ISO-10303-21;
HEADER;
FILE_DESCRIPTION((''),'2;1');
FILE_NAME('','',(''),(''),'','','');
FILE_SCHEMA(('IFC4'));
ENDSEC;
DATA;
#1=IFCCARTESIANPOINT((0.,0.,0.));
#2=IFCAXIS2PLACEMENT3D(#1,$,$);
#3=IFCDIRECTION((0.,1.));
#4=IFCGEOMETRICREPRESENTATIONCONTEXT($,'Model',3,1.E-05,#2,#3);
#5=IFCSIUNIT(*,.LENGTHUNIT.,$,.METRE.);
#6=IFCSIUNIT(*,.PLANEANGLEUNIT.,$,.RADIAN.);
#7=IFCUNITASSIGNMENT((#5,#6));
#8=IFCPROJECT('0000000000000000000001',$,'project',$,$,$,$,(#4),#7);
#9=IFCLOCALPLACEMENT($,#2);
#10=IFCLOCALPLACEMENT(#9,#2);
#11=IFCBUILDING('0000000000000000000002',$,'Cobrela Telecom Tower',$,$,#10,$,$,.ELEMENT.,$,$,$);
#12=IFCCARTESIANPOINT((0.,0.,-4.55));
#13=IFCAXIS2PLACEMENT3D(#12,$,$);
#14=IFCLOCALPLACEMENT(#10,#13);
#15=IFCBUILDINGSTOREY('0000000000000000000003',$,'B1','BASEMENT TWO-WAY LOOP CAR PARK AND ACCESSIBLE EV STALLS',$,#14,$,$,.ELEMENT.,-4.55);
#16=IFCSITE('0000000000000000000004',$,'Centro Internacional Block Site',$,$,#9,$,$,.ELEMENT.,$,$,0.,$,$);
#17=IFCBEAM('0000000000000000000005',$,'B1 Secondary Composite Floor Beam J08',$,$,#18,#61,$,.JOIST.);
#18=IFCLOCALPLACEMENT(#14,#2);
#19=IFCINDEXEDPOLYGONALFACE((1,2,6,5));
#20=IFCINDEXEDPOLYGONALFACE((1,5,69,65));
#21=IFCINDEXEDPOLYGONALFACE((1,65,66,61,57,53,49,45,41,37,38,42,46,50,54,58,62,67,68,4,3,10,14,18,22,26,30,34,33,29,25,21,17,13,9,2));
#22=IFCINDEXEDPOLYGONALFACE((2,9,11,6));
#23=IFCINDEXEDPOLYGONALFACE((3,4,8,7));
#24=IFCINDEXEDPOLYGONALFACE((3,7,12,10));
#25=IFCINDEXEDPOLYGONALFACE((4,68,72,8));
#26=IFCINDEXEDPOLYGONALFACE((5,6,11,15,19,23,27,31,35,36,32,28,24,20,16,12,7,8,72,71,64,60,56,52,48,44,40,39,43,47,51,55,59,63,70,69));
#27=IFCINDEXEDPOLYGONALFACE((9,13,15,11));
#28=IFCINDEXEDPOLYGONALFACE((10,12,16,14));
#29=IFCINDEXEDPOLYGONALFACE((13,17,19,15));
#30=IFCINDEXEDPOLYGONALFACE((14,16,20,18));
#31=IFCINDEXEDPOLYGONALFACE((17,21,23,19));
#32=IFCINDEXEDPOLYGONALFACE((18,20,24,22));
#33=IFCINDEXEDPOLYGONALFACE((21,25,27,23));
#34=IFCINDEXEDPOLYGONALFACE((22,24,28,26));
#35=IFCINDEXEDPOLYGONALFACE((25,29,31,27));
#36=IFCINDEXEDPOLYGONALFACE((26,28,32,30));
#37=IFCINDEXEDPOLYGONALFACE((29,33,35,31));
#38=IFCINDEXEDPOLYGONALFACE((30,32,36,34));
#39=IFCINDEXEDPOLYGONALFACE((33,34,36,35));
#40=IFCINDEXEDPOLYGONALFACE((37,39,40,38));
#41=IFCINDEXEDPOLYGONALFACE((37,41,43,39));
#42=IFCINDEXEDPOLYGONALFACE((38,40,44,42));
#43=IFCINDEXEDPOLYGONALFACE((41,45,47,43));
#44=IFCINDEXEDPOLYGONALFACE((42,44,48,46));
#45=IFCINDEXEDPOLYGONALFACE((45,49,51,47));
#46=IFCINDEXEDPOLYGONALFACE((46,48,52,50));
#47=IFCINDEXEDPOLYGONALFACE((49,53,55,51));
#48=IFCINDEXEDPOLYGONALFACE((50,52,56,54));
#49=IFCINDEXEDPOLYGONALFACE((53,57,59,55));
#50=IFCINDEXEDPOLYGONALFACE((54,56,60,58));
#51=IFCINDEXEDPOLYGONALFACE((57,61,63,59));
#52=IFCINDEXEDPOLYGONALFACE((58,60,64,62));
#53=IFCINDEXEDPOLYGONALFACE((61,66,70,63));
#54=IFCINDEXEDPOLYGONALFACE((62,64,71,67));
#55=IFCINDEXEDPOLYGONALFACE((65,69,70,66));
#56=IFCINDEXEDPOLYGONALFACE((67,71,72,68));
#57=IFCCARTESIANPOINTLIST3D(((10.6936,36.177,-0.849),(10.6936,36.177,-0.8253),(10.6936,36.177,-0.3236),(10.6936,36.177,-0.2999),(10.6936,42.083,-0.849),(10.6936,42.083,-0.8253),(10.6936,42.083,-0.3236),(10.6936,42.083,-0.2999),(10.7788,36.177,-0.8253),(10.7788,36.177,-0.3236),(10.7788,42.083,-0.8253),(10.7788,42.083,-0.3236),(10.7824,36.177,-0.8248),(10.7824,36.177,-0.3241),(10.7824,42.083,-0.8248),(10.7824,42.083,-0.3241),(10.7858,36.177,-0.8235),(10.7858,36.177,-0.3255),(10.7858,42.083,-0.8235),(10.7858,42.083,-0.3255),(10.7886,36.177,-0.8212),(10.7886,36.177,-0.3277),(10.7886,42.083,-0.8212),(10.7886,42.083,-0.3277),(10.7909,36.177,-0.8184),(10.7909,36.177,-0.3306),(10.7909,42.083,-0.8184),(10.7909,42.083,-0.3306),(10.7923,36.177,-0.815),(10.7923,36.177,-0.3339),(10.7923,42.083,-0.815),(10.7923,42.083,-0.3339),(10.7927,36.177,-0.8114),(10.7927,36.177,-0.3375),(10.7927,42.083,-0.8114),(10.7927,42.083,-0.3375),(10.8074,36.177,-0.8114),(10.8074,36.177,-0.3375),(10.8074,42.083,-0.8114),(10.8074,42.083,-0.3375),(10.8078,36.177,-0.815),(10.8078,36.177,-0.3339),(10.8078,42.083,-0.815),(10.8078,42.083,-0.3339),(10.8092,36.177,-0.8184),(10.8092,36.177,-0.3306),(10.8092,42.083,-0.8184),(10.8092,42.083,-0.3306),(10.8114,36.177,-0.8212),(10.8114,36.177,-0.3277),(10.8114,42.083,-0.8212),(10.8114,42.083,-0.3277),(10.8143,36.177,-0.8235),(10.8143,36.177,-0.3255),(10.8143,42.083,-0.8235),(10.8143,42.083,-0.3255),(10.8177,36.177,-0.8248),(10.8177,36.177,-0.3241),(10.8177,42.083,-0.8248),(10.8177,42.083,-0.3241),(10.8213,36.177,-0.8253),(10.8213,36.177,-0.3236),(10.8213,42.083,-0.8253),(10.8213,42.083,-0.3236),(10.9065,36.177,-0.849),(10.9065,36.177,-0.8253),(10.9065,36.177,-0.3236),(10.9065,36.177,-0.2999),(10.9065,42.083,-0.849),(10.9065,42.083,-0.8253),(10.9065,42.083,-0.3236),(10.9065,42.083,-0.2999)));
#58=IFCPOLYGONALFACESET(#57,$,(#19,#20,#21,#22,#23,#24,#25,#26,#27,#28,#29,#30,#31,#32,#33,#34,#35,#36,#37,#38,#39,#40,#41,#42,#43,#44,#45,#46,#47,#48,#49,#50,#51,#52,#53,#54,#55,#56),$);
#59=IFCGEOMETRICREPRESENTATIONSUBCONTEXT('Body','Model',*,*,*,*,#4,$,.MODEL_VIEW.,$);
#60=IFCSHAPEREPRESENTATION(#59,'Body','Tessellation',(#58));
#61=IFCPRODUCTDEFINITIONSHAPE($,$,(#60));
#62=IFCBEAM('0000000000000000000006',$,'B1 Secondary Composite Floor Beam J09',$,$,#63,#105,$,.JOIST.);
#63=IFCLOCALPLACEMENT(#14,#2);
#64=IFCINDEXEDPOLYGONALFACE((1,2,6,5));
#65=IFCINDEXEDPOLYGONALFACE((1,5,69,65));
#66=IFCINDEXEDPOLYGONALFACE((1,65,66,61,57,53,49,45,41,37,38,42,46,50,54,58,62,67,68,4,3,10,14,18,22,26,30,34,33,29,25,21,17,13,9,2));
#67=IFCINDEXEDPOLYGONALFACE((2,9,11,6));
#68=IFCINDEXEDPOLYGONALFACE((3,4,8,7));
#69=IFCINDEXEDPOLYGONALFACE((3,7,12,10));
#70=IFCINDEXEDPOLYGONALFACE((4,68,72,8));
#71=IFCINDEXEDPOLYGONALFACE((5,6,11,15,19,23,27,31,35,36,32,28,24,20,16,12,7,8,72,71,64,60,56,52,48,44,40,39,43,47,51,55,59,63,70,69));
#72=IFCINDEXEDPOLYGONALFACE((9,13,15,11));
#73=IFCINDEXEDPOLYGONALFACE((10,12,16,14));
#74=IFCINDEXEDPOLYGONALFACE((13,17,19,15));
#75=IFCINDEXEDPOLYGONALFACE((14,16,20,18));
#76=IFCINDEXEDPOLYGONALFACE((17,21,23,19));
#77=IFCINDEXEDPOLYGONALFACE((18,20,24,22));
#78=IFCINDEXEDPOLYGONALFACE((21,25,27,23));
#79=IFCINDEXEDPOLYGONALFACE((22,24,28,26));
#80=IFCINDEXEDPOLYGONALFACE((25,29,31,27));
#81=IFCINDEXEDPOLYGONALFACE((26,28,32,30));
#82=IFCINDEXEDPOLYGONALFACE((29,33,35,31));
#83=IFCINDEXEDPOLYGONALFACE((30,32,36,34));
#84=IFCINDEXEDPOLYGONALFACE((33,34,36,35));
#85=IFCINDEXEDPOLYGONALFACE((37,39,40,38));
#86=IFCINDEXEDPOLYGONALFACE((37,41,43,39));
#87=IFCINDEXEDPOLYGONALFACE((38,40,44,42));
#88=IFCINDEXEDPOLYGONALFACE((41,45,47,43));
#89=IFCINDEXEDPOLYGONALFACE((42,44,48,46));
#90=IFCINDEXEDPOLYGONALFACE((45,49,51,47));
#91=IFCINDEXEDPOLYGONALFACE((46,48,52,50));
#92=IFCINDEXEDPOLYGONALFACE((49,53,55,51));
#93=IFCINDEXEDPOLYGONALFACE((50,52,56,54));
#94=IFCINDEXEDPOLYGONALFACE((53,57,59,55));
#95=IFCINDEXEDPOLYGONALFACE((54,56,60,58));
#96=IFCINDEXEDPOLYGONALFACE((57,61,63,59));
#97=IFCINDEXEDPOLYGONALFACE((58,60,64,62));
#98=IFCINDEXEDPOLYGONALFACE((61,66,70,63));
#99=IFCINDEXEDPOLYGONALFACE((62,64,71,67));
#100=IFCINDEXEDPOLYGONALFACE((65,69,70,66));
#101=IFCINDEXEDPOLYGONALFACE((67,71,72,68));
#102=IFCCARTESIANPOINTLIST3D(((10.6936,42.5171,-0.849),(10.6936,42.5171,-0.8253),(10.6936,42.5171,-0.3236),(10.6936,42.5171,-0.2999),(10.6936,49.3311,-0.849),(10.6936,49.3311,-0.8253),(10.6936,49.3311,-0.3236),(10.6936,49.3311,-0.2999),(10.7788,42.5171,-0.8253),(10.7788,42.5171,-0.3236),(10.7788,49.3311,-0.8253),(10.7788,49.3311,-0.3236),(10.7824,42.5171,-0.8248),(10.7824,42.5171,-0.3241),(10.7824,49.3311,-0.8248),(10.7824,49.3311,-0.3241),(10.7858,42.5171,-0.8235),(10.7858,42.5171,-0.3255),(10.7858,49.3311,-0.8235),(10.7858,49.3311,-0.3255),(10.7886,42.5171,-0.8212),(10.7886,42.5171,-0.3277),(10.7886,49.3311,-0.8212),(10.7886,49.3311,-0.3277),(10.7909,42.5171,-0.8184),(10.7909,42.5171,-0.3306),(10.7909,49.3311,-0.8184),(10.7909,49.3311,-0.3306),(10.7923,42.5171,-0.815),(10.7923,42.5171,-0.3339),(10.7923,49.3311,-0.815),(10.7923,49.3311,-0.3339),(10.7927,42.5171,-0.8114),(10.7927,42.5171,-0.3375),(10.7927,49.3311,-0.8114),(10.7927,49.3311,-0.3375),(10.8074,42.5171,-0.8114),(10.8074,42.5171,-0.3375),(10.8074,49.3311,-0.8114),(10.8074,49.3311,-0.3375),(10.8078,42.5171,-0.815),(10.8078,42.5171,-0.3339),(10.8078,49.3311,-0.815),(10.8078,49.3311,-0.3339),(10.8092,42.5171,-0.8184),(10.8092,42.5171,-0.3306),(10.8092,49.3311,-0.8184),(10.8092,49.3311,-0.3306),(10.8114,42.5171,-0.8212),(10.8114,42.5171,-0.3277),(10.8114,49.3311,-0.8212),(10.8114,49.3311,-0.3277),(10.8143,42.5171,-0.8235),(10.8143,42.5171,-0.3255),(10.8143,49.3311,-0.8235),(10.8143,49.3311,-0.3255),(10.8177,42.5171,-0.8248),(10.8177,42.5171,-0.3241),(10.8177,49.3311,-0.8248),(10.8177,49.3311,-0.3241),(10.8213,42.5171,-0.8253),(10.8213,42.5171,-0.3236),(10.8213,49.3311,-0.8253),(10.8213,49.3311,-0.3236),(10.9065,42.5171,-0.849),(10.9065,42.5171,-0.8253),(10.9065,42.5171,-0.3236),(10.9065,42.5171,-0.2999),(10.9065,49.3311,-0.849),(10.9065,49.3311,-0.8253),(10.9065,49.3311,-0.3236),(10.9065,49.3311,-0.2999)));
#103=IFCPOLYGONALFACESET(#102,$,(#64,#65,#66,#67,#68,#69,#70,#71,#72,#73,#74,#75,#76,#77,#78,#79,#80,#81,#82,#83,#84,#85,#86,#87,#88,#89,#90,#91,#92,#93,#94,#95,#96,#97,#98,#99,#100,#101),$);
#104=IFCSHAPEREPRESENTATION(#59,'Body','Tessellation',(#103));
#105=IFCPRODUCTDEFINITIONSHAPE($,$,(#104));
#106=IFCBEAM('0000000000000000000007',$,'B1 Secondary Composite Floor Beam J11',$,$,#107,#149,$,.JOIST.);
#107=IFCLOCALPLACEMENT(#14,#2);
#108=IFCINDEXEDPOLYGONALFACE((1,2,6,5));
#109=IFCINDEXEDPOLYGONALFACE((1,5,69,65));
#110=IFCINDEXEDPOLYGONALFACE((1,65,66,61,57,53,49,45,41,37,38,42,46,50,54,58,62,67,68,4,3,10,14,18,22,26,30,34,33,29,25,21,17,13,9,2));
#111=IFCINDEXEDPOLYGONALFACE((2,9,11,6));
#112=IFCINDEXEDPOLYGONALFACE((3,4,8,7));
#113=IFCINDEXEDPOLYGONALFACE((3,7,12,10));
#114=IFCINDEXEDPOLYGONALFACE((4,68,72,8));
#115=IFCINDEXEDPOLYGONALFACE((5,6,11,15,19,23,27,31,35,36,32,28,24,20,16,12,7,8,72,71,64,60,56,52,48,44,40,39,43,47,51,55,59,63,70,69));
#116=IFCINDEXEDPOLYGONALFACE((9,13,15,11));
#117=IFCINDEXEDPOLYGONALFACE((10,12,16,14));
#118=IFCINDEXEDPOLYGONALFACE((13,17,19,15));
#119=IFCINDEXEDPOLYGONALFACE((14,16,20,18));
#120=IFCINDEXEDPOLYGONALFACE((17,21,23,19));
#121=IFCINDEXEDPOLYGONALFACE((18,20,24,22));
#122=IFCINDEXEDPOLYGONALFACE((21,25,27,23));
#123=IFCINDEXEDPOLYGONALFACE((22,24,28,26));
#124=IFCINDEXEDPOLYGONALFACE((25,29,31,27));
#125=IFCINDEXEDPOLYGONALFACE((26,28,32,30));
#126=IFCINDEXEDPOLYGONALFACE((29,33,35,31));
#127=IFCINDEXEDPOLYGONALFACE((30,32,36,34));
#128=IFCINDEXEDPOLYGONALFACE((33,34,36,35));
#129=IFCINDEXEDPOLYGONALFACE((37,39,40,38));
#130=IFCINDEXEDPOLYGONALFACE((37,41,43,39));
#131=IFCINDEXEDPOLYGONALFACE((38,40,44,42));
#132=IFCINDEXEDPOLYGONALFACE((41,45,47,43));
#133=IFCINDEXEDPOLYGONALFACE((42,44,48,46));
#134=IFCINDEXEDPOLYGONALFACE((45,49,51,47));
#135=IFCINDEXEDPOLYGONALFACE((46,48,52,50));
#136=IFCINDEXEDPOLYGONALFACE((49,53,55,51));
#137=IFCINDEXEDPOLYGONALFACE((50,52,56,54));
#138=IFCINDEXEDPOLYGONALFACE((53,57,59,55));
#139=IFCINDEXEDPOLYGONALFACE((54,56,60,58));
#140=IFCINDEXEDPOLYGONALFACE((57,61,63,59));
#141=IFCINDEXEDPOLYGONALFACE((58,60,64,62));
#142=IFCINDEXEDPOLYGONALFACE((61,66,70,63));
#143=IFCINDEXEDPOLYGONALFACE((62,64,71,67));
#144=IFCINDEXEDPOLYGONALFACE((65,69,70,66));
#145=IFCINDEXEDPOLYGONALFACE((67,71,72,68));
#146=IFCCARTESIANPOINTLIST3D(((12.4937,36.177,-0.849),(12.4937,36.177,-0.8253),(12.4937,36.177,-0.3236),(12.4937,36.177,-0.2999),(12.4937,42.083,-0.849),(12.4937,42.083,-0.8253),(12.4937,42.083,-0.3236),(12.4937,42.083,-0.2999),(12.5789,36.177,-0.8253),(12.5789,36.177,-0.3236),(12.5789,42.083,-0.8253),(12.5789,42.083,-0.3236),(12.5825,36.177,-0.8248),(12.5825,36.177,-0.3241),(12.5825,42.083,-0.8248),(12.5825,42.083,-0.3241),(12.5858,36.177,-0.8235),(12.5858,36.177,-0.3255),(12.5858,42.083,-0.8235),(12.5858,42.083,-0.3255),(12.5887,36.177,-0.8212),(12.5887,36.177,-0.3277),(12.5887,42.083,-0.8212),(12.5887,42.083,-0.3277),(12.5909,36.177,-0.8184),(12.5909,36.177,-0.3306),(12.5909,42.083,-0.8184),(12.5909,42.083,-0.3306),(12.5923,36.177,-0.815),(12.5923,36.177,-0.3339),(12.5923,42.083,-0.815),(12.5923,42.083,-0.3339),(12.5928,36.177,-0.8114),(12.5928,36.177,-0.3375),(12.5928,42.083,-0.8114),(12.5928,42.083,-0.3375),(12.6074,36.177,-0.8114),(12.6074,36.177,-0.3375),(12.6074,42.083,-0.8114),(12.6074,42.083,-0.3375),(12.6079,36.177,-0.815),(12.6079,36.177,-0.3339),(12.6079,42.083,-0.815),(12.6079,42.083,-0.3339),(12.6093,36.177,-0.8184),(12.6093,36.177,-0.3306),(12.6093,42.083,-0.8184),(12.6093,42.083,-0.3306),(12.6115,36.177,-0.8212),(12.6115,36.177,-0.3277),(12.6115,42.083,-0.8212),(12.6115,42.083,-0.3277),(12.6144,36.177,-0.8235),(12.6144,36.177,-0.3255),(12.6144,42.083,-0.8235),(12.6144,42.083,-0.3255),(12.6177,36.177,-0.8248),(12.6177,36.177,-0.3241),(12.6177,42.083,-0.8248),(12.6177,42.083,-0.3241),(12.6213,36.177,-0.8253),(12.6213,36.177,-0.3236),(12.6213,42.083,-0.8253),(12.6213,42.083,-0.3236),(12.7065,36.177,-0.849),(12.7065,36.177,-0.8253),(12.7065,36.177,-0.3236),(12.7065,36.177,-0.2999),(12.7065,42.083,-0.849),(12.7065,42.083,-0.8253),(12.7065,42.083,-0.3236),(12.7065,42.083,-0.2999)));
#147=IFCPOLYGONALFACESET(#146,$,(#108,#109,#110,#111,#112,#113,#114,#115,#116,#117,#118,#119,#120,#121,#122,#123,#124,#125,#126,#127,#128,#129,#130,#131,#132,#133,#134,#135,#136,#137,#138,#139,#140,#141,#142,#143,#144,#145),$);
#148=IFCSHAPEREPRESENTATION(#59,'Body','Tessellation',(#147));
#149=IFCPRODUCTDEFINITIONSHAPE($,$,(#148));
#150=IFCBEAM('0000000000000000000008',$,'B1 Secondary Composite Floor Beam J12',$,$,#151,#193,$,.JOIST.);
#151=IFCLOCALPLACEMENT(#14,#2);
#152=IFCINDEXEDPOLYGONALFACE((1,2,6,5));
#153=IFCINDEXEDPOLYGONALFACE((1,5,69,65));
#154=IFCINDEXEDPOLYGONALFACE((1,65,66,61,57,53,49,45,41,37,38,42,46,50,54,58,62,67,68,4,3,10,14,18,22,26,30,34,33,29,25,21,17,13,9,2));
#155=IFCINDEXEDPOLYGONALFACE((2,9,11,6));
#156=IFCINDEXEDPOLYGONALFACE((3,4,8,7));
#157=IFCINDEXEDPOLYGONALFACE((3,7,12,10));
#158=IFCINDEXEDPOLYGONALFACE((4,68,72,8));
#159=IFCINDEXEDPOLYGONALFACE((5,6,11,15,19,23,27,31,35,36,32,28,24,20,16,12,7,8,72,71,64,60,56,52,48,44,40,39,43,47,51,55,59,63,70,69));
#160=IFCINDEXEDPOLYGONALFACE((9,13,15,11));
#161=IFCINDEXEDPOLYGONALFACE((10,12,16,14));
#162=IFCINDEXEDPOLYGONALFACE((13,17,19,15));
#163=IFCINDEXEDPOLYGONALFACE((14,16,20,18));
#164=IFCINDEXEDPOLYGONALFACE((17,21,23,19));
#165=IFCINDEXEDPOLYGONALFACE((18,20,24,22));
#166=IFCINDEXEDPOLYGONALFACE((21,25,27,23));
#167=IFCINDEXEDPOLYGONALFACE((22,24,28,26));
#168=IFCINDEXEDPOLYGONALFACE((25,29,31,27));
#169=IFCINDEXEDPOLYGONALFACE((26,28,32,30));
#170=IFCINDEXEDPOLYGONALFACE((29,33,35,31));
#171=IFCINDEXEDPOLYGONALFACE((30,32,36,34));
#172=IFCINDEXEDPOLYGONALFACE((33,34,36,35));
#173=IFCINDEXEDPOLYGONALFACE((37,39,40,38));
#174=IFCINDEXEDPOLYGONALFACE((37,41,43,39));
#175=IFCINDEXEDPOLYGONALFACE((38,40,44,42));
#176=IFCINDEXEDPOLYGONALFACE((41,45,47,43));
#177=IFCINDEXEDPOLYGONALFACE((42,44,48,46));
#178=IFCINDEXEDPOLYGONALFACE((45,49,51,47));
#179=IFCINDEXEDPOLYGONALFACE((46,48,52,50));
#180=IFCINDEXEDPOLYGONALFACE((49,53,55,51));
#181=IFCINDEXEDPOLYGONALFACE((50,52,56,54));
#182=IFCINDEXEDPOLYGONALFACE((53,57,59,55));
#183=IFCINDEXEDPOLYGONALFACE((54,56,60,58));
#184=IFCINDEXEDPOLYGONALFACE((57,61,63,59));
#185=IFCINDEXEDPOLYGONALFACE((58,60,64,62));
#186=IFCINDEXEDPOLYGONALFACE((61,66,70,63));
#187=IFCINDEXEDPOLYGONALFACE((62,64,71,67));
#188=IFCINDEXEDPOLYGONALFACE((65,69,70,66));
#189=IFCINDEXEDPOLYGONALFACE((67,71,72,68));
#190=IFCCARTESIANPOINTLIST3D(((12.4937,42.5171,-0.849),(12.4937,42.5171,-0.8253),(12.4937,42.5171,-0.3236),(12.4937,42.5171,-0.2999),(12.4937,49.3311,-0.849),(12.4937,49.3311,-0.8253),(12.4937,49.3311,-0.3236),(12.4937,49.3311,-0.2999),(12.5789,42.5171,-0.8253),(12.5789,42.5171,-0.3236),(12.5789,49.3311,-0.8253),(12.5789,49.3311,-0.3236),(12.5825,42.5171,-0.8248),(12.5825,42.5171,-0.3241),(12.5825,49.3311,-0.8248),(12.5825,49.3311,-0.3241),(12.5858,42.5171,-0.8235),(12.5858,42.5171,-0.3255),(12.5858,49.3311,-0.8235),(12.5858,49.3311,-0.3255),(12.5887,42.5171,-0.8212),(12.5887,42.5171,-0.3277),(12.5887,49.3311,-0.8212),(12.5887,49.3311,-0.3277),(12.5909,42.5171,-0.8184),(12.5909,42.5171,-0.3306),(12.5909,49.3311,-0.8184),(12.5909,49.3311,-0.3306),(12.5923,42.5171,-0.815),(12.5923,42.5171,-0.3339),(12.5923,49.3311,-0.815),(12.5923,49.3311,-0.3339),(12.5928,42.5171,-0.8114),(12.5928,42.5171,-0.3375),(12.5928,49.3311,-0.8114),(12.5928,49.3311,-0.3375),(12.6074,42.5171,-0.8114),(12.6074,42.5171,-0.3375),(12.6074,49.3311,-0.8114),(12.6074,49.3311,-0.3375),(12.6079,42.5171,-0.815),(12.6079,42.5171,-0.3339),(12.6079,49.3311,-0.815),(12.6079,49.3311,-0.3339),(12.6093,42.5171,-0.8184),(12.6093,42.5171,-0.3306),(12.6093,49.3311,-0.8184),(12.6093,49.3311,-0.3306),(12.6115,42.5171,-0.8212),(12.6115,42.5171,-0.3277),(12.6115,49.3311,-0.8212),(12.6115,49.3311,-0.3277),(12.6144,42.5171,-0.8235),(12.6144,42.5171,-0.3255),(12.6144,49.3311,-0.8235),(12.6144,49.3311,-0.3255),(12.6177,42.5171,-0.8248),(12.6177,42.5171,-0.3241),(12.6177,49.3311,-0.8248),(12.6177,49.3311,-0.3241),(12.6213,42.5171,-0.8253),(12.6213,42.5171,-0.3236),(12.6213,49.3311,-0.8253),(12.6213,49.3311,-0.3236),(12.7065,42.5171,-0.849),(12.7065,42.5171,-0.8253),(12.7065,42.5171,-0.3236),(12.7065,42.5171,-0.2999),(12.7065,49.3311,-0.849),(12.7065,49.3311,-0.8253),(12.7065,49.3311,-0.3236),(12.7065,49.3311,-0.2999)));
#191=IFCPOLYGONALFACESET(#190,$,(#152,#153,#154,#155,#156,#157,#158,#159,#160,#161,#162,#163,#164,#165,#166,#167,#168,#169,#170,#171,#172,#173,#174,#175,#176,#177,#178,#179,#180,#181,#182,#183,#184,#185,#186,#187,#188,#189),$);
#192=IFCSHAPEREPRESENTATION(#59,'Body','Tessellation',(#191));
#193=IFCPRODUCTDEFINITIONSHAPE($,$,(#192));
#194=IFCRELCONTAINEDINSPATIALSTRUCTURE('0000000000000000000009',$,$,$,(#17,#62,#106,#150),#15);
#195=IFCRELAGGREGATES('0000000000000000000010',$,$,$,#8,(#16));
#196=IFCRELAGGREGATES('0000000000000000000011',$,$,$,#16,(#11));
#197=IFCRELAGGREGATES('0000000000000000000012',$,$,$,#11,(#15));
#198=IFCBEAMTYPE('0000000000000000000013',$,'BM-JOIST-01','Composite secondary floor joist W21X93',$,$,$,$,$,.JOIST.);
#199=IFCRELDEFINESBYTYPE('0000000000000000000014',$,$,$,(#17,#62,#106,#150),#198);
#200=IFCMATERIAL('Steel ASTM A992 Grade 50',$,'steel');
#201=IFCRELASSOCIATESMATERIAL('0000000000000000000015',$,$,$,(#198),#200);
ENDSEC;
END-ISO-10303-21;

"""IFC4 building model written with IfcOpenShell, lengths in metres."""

from ifc_helpers import new_model, si_unit, direction, frame, origin, origin_2d, place, context, subcontext, project, spatial, i_section, extrude, material, material_profile, profile_set, type_object, element, save


model = new_model("IFC4")

# Units and contexts
model_context = context("Model", 3, precision=1e-05, world=origin(), true_north=direction((0.0, 1.0)))
body_context = subcontext(model_context, "Body", "Model", "MODEL_VIEW")
ifc_project = project(units=[si_unit("LENGTHUNIT", "METRE"), si_unit("PLANEANGLEUNIT", "RADIAN")], contexts=[model_context])

# Site, building, storey
site_placement = place(None, origin())
site = spatial("IfcSite", under=ifc_project, at=site_placement, Name="Centro Internacional Block Site", CompositionType="ELEMENT", RefElevation=0.0)
building_placement = place(site_placement, origin())
building = spatial("IfcBuilding", under=site, at=building_placement, Name="Cobrela Telecom Tower", CompositionType="ELEMENT")
storey_placement = place(building_placement, frame((0.0, 0.0, -4.55)))
storey = spatial("IfcBuildingStorey", under=building, at=storey_placement, Name="B1", Description="BASEMENT TWO-WAY LOOP CAR PARK AND ACCESSIBLE EV STALLS", CompositionType="ELEMENT", Elevation=-4.55)

# Beams
ifc_material_1 = material(Name="Steel ASTM A992 Grade 50", Category="steel")
ifc_material_profile_1 = material_profile(ifc_material_1, i_section(OverallWidth=0.2129, OverallDepth=0.5491, WebThickness=0.0146, FlangeThickness=0.0237, FilletRadius=0.0139, at=origin_2d()), Name="W21X93")
ifc_profile_set_1 = profile_set([ifc_material_profile_1], Name="Steel ASTM A992 Grade 50")
beam_type_1 = type_object("IfcBeamType", Name="BM-JOIST-01", Description="Composite secondary floor joist W21X93", PredefinedType="JOIST", material=ifc_profile_set_1)
beam_1_placement = place(storey_placement, frame((10.8, 36.177, -0.5745), z_axis=(0.0, 1.0, 0.0), x_axis=(-1.0, 0.0, 0.0)))
element("IfcBeam", 1, at=beam_1_placement, inside=storey, type_object=beam_type_1, Name="B1 Secondary Composite Floor Beam J08", PredefinedType="JOIST", context=body_context, shape_type="SweptSolid", body=[
    extrude(i_section(OverallWidth=0.2129, OverallDepth=0.5491, WebThickness=0.0146, FlangeThickness=0.0237, FilletRadius=0.0139, at=origin_2d()), origin(), (0.0, 0.0, 1.0), 5.906),
])
beam_2_placement = place(storey_placement, frame((10.8, 42.5171, -0.5745), z_axis=(0.0, 1.0, 0.0), x_axis=(-1.0, 0.0, 0.0)))
element("IfcBeam", 2, at=beam_2_placement, inside=storey, type_object=beam_type_1, Name="B1 Secondary Composite Floor Beam J09", PredefinedType="JOIST", context=body_context, shape_type="SweptSolid", body=[
    extrude(i_section(OverallWidth=0.2129, OverallDepth=0.5491, WebThickness=0.0146, FlangeThickness=0.0237, FilletRadius=0.0139, at=origin_2d()), origin(), (0.0, 0.0, 1.0), 6.814),
])
beam_3_placement = place(storey_placement, frame((12.6001, 36.177, -0.5745), z_axis=(0.0, 1.0, 0.0), x_axis=(-1.0, 0.0, 0.0)))
element("IfcBeam", 3, at=beam_3_placement, inside=storey, type_object=beam_type_1, Name="B1 Secondary Composite Floor Beam J11", PredefinedType="JOIST", context=body_context, shape_type="SweptSolid", body=[
    extrude(i_section(OverallWidth=0.2129, OverallDepth=0.5491, WebThickness=0.0146, FlangeThickness=0.0237, FilletRadius=0.0139, at=origin_2d()), origin(), (0.0, 0.0, 1.0), 5.906),
])
beam_4_placement = place(storey_placement, frame((12.6001, 42.5171, -0.5745), z_axis=(0.0, 1.0, 0.0), x_axis=(-1.0, 0.0, 0.0)))
element("IfcBeam", 4, at=beam_4_placement, inside=storey, type_object=beam_type_1, Name="B1 Secondary Composite Floor Beam J12", PredefinedType="JOIST", context=body_context, shape_type="SweptSolid", body=[
    extrude(i_section(OverallWidth=0.2129, OverallDepth=0.5491, WebThickness=0.0146, FlangeThickness=0.0237, FilletRadius=0.0139, at=origin_2d()), origin(), (0.0, 0.0, 1.0), 6.814),
])

save(model, "model.ifc")
